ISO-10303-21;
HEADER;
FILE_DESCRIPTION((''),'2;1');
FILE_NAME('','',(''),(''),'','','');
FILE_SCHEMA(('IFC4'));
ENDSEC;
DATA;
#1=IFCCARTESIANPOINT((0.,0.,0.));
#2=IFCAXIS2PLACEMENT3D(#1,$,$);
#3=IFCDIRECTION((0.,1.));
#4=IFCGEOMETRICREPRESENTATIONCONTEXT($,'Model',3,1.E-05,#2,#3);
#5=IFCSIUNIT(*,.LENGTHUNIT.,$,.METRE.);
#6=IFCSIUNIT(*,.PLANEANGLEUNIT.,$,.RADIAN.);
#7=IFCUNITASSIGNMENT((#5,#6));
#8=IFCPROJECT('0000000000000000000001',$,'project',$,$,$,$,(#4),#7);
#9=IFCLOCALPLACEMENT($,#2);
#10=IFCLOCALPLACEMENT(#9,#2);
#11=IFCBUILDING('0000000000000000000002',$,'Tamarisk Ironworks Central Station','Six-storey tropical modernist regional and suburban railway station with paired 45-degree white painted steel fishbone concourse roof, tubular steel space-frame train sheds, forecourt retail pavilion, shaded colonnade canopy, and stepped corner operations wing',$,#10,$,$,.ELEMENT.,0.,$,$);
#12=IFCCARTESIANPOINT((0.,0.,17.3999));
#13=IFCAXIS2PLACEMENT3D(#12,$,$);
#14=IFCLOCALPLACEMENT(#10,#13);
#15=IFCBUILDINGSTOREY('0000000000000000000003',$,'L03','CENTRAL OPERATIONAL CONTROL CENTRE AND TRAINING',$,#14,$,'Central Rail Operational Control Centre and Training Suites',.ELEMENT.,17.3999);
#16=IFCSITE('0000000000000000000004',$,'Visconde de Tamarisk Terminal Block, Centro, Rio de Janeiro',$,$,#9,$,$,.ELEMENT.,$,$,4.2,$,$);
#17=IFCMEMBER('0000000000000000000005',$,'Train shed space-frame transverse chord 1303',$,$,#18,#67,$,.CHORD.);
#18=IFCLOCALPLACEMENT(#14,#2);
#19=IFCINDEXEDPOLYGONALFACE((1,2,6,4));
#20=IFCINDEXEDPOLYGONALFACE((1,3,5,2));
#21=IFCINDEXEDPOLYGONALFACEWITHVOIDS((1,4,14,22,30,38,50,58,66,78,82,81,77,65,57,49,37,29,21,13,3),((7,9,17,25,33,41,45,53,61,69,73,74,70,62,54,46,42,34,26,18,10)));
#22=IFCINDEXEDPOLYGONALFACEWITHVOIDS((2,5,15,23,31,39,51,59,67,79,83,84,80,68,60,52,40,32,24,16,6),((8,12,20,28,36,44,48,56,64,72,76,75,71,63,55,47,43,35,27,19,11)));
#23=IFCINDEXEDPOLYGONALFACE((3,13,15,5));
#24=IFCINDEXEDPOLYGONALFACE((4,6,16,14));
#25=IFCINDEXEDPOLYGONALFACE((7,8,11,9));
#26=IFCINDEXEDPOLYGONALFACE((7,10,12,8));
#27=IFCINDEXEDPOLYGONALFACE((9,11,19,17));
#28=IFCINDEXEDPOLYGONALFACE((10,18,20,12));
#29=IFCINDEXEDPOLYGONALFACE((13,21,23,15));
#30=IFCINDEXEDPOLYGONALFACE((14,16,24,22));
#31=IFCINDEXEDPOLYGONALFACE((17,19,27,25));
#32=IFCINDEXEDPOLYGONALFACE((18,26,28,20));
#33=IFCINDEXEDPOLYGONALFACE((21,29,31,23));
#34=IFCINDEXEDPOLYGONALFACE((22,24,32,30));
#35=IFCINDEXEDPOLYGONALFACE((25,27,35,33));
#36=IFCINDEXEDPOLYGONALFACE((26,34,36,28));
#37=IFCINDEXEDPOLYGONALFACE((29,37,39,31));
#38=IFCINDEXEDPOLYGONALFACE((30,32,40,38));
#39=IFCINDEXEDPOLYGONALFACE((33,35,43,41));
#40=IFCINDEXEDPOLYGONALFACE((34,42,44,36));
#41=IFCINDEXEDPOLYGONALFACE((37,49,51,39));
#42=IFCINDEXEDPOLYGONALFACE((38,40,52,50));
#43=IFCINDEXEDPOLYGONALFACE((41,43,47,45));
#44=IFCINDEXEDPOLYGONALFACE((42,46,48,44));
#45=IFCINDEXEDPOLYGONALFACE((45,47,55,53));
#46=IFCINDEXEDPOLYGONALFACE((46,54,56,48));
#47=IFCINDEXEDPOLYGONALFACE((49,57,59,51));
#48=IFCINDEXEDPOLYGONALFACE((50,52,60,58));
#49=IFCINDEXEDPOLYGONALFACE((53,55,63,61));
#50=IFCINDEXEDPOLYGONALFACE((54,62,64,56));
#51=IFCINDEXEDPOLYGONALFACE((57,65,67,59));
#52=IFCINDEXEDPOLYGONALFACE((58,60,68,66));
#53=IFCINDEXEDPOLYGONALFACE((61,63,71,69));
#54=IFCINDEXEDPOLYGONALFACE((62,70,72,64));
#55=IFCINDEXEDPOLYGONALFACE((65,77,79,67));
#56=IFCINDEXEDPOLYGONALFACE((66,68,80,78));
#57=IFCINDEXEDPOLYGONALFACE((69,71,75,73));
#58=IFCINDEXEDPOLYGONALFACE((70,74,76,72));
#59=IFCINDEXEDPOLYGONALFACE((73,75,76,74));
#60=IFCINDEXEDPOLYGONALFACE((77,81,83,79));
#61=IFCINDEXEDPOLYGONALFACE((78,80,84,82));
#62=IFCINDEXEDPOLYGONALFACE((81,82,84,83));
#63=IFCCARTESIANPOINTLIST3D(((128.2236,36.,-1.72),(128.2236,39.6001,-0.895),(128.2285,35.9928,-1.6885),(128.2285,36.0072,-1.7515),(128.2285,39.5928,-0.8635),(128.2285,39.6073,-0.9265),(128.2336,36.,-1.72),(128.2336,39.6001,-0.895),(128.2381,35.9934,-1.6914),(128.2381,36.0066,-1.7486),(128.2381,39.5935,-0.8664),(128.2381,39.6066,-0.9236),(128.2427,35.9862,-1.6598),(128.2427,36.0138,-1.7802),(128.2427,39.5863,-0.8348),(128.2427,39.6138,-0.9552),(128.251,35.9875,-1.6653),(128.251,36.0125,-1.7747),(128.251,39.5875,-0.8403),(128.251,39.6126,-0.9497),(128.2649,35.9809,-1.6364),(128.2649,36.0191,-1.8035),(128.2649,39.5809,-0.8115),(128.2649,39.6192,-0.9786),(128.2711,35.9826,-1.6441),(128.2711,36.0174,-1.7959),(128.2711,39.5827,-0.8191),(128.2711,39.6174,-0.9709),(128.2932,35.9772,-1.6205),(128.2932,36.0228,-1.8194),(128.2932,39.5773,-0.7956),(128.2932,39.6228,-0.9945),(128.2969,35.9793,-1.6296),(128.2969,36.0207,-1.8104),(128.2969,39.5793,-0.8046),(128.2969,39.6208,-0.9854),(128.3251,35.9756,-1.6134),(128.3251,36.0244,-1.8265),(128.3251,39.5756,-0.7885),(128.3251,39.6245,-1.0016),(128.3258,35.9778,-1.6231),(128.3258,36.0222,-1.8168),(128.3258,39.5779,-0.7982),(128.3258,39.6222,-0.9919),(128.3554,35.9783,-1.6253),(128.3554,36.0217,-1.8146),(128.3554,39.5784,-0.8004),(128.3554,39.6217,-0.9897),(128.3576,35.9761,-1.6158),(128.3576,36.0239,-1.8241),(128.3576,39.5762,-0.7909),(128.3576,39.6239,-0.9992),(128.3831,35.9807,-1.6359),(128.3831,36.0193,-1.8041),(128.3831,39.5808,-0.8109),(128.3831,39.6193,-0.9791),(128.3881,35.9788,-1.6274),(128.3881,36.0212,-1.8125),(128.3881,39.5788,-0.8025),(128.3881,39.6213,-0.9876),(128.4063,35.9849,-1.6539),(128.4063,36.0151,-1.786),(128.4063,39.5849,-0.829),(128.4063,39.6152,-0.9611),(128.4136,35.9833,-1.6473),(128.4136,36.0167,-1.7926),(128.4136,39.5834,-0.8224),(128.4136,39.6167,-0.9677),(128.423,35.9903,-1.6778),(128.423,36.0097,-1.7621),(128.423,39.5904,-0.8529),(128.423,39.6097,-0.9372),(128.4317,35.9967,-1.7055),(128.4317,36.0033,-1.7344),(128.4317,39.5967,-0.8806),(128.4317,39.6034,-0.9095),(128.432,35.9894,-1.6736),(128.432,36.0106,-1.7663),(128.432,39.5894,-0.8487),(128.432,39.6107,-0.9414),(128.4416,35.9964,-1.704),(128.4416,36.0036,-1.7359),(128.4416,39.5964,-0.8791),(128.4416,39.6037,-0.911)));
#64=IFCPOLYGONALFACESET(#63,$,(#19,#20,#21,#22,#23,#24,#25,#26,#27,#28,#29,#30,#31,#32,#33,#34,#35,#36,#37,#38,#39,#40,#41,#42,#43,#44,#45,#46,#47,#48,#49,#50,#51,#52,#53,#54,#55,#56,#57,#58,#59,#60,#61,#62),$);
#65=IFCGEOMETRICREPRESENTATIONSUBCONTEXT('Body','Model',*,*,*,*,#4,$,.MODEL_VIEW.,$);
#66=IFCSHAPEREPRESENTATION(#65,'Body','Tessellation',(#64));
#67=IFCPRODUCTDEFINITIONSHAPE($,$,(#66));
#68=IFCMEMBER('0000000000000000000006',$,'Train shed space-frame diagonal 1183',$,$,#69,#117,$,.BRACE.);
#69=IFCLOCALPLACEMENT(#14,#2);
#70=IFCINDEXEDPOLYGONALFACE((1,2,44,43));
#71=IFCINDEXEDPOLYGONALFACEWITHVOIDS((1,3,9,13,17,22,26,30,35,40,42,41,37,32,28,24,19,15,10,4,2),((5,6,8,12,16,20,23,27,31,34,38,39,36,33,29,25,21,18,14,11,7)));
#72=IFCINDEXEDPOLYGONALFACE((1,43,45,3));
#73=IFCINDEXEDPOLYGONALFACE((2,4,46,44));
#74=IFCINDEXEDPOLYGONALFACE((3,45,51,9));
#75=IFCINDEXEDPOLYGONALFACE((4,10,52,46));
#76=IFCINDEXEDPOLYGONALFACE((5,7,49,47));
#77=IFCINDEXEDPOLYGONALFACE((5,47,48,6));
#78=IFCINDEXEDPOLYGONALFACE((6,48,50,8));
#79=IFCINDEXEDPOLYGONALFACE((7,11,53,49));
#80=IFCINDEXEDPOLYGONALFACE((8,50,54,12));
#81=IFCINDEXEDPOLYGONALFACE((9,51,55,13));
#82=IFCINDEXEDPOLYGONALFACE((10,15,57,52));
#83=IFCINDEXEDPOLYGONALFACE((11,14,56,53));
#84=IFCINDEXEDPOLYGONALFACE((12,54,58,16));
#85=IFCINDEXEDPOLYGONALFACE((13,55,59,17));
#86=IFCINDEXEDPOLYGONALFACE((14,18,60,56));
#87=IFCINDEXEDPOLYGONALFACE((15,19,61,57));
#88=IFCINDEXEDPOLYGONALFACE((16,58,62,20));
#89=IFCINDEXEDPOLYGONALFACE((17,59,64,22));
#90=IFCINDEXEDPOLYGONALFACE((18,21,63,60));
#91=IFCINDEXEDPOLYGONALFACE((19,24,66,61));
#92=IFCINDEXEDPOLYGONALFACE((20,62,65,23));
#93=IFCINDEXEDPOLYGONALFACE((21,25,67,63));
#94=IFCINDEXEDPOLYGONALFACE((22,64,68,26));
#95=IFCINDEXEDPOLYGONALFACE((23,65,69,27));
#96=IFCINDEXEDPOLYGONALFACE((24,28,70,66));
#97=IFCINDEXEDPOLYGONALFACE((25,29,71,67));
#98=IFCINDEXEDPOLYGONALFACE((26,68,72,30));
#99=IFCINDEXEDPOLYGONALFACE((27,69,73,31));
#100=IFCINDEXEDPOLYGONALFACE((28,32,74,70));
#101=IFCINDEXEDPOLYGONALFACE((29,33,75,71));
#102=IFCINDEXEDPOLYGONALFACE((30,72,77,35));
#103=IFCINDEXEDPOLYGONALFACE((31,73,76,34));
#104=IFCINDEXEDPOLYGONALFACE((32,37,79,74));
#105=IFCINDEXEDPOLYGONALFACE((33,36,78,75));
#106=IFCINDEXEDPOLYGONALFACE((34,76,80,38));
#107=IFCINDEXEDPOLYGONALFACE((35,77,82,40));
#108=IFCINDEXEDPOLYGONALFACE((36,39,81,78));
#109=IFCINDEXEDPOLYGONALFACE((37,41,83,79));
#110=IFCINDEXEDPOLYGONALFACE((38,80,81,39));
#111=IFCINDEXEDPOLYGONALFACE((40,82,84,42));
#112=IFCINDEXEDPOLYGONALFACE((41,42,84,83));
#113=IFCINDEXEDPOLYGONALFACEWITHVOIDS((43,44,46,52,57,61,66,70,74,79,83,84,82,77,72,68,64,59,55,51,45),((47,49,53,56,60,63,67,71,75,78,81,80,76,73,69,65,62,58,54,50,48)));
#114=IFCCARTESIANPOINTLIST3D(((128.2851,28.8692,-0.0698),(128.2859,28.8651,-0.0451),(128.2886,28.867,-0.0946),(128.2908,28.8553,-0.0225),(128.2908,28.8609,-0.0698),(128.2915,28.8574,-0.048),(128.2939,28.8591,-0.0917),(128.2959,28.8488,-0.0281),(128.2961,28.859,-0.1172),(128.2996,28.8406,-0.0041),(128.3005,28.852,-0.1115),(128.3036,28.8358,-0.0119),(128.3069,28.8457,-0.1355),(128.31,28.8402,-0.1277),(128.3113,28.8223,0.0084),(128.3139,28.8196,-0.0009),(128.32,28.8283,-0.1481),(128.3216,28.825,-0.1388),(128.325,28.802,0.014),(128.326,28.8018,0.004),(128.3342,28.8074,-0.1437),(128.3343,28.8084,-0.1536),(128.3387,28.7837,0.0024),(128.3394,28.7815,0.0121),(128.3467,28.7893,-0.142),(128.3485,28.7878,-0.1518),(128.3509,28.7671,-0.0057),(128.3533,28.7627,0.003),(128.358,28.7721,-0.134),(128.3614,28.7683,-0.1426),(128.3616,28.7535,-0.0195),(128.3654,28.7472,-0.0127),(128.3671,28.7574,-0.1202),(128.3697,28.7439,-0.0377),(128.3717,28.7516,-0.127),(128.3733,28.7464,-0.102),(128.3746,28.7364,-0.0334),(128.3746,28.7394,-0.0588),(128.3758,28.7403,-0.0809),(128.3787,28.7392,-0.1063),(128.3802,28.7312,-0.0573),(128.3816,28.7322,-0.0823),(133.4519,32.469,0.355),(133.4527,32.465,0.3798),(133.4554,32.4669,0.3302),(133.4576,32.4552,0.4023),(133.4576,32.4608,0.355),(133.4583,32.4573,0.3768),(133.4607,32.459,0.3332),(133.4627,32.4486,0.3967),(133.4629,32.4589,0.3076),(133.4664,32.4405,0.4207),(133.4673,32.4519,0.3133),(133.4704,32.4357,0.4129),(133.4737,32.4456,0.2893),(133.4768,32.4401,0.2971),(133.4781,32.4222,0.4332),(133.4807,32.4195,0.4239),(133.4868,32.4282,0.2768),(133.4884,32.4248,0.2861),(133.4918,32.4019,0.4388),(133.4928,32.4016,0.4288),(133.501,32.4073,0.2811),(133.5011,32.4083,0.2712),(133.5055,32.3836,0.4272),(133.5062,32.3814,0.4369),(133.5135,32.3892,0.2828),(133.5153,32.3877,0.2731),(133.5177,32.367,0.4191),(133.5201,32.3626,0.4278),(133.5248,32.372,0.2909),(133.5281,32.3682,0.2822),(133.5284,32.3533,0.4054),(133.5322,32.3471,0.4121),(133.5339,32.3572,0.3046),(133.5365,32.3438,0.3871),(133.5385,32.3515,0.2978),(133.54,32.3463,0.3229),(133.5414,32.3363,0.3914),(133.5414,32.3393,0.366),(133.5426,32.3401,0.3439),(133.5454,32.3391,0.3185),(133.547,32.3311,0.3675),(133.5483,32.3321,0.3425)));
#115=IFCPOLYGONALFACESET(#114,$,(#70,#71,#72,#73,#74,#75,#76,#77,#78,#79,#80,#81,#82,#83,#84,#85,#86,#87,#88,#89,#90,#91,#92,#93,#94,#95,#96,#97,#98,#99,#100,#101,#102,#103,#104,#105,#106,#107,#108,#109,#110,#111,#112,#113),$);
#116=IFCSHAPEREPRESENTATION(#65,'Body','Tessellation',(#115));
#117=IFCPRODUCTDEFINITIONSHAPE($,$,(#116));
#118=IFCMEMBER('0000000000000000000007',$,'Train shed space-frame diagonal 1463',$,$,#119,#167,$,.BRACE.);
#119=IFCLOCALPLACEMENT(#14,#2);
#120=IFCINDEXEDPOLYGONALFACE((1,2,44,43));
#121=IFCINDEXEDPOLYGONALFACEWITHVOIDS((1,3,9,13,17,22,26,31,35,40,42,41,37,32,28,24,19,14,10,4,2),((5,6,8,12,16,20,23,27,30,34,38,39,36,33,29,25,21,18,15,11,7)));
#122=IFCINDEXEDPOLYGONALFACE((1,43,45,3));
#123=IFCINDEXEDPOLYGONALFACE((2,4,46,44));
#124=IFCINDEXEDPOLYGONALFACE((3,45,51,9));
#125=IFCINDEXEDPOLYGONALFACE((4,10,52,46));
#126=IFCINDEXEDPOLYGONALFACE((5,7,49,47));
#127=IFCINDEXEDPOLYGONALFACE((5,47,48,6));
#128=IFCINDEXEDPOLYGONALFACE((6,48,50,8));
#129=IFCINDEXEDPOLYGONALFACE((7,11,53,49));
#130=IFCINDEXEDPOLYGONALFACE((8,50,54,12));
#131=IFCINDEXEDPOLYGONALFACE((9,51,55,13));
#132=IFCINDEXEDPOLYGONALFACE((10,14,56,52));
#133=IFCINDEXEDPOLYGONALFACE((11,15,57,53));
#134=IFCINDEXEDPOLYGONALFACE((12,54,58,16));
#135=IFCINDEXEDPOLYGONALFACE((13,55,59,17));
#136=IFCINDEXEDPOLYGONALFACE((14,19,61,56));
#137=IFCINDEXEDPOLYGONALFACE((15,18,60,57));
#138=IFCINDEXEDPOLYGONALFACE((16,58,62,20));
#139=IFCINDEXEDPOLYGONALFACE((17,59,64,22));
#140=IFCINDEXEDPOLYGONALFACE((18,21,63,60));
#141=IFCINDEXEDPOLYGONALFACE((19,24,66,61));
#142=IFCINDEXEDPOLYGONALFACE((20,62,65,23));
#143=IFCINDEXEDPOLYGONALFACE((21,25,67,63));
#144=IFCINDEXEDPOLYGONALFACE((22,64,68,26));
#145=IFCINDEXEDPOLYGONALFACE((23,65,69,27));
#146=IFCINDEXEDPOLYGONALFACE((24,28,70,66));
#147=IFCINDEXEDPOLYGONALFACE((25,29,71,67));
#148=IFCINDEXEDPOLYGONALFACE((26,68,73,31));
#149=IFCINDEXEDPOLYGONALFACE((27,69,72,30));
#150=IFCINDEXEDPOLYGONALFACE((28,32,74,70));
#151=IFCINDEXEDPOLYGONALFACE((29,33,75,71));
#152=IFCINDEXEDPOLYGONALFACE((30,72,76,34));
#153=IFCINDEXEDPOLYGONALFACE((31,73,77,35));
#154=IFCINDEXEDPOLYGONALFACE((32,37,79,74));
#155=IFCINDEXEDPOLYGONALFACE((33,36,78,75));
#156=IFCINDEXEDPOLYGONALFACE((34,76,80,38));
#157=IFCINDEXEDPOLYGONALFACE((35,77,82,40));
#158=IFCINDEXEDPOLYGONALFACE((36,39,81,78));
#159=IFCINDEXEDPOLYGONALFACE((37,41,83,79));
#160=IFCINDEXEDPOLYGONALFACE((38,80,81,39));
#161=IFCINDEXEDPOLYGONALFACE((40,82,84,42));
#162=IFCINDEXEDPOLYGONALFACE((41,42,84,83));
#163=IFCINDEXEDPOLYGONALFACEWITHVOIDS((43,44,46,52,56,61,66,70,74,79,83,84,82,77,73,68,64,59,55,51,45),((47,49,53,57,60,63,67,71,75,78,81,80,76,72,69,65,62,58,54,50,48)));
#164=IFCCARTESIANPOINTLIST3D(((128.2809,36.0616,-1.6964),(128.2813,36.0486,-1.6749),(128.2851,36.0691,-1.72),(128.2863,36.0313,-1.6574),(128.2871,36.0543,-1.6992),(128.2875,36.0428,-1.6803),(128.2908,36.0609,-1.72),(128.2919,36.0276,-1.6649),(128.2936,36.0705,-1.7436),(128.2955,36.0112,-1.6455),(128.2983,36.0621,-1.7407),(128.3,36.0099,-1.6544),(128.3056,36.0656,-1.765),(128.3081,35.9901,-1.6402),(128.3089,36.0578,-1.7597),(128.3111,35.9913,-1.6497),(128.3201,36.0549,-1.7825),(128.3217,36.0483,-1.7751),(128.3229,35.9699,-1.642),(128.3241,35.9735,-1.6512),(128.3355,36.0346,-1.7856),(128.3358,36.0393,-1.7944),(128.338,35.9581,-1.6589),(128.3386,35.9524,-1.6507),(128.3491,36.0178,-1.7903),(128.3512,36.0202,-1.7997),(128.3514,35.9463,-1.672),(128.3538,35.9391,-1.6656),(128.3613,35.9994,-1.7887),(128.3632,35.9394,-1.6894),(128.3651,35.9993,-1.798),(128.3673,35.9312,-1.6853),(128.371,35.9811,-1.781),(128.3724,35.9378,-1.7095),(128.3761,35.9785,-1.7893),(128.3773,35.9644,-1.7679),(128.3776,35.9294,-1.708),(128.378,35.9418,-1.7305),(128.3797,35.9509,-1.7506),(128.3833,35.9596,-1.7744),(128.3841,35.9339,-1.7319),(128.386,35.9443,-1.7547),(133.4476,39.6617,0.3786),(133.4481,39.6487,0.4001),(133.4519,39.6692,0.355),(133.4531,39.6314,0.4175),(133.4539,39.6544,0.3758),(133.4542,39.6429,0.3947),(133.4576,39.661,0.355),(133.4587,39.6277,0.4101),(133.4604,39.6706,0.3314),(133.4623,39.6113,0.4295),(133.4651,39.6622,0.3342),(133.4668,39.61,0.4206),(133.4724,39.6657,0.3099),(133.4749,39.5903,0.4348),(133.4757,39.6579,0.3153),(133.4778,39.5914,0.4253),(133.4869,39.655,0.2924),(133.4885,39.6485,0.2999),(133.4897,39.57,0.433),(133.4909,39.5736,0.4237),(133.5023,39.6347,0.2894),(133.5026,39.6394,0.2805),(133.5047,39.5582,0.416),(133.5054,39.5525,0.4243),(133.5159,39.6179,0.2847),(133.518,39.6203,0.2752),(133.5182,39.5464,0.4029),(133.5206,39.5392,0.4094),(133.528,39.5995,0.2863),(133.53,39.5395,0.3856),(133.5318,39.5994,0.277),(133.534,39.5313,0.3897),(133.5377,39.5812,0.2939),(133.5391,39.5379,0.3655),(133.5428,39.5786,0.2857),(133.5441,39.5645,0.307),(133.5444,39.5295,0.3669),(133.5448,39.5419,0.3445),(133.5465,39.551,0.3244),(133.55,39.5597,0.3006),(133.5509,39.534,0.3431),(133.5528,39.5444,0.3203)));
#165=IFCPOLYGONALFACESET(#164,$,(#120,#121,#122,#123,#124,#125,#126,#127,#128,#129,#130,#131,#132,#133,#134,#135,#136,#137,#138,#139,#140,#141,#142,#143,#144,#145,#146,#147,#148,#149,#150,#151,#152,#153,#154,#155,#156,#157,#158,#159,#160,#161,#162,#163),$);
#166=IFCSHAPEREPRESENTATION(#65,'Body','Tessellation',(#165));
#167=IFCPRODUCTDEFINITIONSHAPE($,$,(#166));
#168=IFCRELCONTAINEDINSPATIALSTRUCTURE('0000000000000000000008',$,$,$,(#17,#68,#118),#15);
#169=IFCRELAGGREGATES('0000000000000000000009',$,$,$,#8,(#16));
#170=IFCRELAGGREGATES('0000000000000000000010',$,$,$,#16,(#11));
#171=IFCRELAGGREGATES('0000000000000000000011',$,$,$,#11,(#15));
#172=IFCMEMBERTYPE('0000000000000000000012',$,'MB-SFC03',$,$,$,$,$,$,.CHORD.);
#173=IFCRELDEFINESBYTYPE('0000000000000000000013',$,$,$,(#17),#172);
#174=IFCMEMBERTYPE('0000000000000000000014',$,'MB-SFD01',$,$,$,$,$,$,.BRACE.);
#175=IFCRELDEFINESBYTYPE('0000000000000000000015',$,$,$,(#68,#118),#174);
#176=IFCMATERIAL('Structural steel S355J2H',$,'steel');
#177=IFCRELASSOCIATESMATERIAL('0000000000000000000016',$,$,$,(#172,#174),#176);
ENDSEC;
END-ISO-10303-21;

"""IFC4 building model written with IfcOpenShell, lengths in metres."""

from ifc_helpers import new_model, si_unit, direction, frame, origin, origin_2d, place, context, subcontext, project, spatial, hollow_circle, extrude, material, material_profile, profile_set, type_object, element, save


model = new_model("IFC4")

# Units and contexts
model_context = context("Model", 3, precision=1e-05, world=origin(), true_north=direction((0.0, 1.0)))
body_context = subcontext(model_context, "Body", "Model", "MODEL_VIEW")
ifc_project = project(units=[si_unit("LENGTHUNIT", "METRE"), si_unit("PLANEANGLEUNIT", "RADIAN")], contexts=[model_context])

# Site, building, storey
site_placement = place(None, origin())
site = spatial("IfcSite", under=ifc_project, at=site_placement, Name="Visconde de Tamarisk Terminal Block, Centro, Rio de Janeiro", CompositionType="ELEMENT", RefElevation=4.2)
building_placement = place(site_placement, origin())
building = spatial("IfcBuilding", under=site, at=building_placement, Name="Tamarisk Ironworks Central Station", Description="Six-storey tropical modernist regional and suburban railway station with paired 45-degree white painted steel fishbone concourse roof, tubular steel space-frame train sheds, forecourt retail pavilion, shaded colonnade canopy, and stepped corner operations wing", CompositionType="ELEMENT", ElevationOfRefHeight=0.0)
storey_placement = place(building_placement, frame((0.0, 0.0, 17.3999)))
storey = spatial("IfcBuildingStorey", under=building, at=storey_placement, Name="L03", Description="CENTRAL OPERATIONAL CONTROL CENTRE AND TRAINING", LongName="Central Rail Operational Control Centre and Training Suites", CompositionType="ELEMENT", Elevation=17.3999)

# Members
ifc_material_1 = material(Name="Structural steel S355J2H", Category="steel")
ifc_material_profile_1 = material_profile(ifc_material_1, hollow_circle(Radius=0.1096, WallThickness=0.01, at=origin_2d()), Name="CHS 219.1x10")
ifc_profile_set_1 = profile_set([ifc_material_profile_1], Name="Structural steel S355J2H")
member_type_1 = type_object("IfcMemberType", Name="MB-SFC03", PredefinedType="CHORD", material=ifc_profile_set_1)
for number, where, z_axis, x_axis, name in (
    (1, (128.3333, 36.0, -1.72), (0.0, 0.974737, 0.223358), (-1.0, 0.0, 0.0), "Train shed space-frame transverse chord 1303"),
):
    element("IfcMember", number, at=place(storey_placement, frame(where, z_axis=z_axis, x_axis=x_axis)), inside=storey, type_object=member_type_1, Name=name, PredefinedType="CHORD", context=body_context, shape_type="SweptSolid", body=[
        extrude(hollow_circle(Radius=0.1096, WallThickness=0.01, at=origin_2d()), origin(), (0.0, 0.0, 1.0), 3.6934),
    ])
ifc_material_profile_2 = material_profile(ifc_material_1, hollow_circle(Radius=0.0842, WallThickness=0.01, at=origin_2d()), Name="CHS 168.3x10")
ifc_profile_set_2 = profile_set([ifc_material_profile_2], Name="Structural steel S355J2H")
member_type_2 = type_object("IfcMemberType", Name="MB-SFD01", PredefinedType="BRACE", material=ifc_profile_set_2)
member_1_placement = place(storey_placement, frame((128.3333, 28.8, -0.0698), z_axis=(0.818628, 0.570367, 0.067307), x_axis=(-0.571663, 0.820489, 0.0)))
element("IfcMember", 2, at=member_1_placement, inside=storey, type_object=member_type_2, Name="Train shed space-frame diagonal 1183", PredefinedType="BRACE", context=body_context, shape_type="SweptSolid", body=[
    extrude(hollow_circle(Radius=0.0842, WallThickness=0.01, at=origin_2d()), origin(), (0.0, 0.0, 1.0), 6.3115),
])
member_2_placement = place(storey_placement, frame((128.3333, 36.0, -1.72), z_axis=(0.779258, 0.542973, 0.312948), x_axis=(-0.571689, 0.82047, 0.0)))
element("IfcMember", 3, at=member_2_placement, inside=storey, type_object=member_type_2, Name="Train shed space-frame diagonal 1463", PredefinedType="BRACE", context=body_context, shape_type="SweptSolid", body=[
    extrude(hollow_circle(Radius=0.0842, WallThickness=0.01, at=origin_2d()), origin(), (0.0, 0.0, 1.0), 6.6304),
])

save(model, "model.ifc")
